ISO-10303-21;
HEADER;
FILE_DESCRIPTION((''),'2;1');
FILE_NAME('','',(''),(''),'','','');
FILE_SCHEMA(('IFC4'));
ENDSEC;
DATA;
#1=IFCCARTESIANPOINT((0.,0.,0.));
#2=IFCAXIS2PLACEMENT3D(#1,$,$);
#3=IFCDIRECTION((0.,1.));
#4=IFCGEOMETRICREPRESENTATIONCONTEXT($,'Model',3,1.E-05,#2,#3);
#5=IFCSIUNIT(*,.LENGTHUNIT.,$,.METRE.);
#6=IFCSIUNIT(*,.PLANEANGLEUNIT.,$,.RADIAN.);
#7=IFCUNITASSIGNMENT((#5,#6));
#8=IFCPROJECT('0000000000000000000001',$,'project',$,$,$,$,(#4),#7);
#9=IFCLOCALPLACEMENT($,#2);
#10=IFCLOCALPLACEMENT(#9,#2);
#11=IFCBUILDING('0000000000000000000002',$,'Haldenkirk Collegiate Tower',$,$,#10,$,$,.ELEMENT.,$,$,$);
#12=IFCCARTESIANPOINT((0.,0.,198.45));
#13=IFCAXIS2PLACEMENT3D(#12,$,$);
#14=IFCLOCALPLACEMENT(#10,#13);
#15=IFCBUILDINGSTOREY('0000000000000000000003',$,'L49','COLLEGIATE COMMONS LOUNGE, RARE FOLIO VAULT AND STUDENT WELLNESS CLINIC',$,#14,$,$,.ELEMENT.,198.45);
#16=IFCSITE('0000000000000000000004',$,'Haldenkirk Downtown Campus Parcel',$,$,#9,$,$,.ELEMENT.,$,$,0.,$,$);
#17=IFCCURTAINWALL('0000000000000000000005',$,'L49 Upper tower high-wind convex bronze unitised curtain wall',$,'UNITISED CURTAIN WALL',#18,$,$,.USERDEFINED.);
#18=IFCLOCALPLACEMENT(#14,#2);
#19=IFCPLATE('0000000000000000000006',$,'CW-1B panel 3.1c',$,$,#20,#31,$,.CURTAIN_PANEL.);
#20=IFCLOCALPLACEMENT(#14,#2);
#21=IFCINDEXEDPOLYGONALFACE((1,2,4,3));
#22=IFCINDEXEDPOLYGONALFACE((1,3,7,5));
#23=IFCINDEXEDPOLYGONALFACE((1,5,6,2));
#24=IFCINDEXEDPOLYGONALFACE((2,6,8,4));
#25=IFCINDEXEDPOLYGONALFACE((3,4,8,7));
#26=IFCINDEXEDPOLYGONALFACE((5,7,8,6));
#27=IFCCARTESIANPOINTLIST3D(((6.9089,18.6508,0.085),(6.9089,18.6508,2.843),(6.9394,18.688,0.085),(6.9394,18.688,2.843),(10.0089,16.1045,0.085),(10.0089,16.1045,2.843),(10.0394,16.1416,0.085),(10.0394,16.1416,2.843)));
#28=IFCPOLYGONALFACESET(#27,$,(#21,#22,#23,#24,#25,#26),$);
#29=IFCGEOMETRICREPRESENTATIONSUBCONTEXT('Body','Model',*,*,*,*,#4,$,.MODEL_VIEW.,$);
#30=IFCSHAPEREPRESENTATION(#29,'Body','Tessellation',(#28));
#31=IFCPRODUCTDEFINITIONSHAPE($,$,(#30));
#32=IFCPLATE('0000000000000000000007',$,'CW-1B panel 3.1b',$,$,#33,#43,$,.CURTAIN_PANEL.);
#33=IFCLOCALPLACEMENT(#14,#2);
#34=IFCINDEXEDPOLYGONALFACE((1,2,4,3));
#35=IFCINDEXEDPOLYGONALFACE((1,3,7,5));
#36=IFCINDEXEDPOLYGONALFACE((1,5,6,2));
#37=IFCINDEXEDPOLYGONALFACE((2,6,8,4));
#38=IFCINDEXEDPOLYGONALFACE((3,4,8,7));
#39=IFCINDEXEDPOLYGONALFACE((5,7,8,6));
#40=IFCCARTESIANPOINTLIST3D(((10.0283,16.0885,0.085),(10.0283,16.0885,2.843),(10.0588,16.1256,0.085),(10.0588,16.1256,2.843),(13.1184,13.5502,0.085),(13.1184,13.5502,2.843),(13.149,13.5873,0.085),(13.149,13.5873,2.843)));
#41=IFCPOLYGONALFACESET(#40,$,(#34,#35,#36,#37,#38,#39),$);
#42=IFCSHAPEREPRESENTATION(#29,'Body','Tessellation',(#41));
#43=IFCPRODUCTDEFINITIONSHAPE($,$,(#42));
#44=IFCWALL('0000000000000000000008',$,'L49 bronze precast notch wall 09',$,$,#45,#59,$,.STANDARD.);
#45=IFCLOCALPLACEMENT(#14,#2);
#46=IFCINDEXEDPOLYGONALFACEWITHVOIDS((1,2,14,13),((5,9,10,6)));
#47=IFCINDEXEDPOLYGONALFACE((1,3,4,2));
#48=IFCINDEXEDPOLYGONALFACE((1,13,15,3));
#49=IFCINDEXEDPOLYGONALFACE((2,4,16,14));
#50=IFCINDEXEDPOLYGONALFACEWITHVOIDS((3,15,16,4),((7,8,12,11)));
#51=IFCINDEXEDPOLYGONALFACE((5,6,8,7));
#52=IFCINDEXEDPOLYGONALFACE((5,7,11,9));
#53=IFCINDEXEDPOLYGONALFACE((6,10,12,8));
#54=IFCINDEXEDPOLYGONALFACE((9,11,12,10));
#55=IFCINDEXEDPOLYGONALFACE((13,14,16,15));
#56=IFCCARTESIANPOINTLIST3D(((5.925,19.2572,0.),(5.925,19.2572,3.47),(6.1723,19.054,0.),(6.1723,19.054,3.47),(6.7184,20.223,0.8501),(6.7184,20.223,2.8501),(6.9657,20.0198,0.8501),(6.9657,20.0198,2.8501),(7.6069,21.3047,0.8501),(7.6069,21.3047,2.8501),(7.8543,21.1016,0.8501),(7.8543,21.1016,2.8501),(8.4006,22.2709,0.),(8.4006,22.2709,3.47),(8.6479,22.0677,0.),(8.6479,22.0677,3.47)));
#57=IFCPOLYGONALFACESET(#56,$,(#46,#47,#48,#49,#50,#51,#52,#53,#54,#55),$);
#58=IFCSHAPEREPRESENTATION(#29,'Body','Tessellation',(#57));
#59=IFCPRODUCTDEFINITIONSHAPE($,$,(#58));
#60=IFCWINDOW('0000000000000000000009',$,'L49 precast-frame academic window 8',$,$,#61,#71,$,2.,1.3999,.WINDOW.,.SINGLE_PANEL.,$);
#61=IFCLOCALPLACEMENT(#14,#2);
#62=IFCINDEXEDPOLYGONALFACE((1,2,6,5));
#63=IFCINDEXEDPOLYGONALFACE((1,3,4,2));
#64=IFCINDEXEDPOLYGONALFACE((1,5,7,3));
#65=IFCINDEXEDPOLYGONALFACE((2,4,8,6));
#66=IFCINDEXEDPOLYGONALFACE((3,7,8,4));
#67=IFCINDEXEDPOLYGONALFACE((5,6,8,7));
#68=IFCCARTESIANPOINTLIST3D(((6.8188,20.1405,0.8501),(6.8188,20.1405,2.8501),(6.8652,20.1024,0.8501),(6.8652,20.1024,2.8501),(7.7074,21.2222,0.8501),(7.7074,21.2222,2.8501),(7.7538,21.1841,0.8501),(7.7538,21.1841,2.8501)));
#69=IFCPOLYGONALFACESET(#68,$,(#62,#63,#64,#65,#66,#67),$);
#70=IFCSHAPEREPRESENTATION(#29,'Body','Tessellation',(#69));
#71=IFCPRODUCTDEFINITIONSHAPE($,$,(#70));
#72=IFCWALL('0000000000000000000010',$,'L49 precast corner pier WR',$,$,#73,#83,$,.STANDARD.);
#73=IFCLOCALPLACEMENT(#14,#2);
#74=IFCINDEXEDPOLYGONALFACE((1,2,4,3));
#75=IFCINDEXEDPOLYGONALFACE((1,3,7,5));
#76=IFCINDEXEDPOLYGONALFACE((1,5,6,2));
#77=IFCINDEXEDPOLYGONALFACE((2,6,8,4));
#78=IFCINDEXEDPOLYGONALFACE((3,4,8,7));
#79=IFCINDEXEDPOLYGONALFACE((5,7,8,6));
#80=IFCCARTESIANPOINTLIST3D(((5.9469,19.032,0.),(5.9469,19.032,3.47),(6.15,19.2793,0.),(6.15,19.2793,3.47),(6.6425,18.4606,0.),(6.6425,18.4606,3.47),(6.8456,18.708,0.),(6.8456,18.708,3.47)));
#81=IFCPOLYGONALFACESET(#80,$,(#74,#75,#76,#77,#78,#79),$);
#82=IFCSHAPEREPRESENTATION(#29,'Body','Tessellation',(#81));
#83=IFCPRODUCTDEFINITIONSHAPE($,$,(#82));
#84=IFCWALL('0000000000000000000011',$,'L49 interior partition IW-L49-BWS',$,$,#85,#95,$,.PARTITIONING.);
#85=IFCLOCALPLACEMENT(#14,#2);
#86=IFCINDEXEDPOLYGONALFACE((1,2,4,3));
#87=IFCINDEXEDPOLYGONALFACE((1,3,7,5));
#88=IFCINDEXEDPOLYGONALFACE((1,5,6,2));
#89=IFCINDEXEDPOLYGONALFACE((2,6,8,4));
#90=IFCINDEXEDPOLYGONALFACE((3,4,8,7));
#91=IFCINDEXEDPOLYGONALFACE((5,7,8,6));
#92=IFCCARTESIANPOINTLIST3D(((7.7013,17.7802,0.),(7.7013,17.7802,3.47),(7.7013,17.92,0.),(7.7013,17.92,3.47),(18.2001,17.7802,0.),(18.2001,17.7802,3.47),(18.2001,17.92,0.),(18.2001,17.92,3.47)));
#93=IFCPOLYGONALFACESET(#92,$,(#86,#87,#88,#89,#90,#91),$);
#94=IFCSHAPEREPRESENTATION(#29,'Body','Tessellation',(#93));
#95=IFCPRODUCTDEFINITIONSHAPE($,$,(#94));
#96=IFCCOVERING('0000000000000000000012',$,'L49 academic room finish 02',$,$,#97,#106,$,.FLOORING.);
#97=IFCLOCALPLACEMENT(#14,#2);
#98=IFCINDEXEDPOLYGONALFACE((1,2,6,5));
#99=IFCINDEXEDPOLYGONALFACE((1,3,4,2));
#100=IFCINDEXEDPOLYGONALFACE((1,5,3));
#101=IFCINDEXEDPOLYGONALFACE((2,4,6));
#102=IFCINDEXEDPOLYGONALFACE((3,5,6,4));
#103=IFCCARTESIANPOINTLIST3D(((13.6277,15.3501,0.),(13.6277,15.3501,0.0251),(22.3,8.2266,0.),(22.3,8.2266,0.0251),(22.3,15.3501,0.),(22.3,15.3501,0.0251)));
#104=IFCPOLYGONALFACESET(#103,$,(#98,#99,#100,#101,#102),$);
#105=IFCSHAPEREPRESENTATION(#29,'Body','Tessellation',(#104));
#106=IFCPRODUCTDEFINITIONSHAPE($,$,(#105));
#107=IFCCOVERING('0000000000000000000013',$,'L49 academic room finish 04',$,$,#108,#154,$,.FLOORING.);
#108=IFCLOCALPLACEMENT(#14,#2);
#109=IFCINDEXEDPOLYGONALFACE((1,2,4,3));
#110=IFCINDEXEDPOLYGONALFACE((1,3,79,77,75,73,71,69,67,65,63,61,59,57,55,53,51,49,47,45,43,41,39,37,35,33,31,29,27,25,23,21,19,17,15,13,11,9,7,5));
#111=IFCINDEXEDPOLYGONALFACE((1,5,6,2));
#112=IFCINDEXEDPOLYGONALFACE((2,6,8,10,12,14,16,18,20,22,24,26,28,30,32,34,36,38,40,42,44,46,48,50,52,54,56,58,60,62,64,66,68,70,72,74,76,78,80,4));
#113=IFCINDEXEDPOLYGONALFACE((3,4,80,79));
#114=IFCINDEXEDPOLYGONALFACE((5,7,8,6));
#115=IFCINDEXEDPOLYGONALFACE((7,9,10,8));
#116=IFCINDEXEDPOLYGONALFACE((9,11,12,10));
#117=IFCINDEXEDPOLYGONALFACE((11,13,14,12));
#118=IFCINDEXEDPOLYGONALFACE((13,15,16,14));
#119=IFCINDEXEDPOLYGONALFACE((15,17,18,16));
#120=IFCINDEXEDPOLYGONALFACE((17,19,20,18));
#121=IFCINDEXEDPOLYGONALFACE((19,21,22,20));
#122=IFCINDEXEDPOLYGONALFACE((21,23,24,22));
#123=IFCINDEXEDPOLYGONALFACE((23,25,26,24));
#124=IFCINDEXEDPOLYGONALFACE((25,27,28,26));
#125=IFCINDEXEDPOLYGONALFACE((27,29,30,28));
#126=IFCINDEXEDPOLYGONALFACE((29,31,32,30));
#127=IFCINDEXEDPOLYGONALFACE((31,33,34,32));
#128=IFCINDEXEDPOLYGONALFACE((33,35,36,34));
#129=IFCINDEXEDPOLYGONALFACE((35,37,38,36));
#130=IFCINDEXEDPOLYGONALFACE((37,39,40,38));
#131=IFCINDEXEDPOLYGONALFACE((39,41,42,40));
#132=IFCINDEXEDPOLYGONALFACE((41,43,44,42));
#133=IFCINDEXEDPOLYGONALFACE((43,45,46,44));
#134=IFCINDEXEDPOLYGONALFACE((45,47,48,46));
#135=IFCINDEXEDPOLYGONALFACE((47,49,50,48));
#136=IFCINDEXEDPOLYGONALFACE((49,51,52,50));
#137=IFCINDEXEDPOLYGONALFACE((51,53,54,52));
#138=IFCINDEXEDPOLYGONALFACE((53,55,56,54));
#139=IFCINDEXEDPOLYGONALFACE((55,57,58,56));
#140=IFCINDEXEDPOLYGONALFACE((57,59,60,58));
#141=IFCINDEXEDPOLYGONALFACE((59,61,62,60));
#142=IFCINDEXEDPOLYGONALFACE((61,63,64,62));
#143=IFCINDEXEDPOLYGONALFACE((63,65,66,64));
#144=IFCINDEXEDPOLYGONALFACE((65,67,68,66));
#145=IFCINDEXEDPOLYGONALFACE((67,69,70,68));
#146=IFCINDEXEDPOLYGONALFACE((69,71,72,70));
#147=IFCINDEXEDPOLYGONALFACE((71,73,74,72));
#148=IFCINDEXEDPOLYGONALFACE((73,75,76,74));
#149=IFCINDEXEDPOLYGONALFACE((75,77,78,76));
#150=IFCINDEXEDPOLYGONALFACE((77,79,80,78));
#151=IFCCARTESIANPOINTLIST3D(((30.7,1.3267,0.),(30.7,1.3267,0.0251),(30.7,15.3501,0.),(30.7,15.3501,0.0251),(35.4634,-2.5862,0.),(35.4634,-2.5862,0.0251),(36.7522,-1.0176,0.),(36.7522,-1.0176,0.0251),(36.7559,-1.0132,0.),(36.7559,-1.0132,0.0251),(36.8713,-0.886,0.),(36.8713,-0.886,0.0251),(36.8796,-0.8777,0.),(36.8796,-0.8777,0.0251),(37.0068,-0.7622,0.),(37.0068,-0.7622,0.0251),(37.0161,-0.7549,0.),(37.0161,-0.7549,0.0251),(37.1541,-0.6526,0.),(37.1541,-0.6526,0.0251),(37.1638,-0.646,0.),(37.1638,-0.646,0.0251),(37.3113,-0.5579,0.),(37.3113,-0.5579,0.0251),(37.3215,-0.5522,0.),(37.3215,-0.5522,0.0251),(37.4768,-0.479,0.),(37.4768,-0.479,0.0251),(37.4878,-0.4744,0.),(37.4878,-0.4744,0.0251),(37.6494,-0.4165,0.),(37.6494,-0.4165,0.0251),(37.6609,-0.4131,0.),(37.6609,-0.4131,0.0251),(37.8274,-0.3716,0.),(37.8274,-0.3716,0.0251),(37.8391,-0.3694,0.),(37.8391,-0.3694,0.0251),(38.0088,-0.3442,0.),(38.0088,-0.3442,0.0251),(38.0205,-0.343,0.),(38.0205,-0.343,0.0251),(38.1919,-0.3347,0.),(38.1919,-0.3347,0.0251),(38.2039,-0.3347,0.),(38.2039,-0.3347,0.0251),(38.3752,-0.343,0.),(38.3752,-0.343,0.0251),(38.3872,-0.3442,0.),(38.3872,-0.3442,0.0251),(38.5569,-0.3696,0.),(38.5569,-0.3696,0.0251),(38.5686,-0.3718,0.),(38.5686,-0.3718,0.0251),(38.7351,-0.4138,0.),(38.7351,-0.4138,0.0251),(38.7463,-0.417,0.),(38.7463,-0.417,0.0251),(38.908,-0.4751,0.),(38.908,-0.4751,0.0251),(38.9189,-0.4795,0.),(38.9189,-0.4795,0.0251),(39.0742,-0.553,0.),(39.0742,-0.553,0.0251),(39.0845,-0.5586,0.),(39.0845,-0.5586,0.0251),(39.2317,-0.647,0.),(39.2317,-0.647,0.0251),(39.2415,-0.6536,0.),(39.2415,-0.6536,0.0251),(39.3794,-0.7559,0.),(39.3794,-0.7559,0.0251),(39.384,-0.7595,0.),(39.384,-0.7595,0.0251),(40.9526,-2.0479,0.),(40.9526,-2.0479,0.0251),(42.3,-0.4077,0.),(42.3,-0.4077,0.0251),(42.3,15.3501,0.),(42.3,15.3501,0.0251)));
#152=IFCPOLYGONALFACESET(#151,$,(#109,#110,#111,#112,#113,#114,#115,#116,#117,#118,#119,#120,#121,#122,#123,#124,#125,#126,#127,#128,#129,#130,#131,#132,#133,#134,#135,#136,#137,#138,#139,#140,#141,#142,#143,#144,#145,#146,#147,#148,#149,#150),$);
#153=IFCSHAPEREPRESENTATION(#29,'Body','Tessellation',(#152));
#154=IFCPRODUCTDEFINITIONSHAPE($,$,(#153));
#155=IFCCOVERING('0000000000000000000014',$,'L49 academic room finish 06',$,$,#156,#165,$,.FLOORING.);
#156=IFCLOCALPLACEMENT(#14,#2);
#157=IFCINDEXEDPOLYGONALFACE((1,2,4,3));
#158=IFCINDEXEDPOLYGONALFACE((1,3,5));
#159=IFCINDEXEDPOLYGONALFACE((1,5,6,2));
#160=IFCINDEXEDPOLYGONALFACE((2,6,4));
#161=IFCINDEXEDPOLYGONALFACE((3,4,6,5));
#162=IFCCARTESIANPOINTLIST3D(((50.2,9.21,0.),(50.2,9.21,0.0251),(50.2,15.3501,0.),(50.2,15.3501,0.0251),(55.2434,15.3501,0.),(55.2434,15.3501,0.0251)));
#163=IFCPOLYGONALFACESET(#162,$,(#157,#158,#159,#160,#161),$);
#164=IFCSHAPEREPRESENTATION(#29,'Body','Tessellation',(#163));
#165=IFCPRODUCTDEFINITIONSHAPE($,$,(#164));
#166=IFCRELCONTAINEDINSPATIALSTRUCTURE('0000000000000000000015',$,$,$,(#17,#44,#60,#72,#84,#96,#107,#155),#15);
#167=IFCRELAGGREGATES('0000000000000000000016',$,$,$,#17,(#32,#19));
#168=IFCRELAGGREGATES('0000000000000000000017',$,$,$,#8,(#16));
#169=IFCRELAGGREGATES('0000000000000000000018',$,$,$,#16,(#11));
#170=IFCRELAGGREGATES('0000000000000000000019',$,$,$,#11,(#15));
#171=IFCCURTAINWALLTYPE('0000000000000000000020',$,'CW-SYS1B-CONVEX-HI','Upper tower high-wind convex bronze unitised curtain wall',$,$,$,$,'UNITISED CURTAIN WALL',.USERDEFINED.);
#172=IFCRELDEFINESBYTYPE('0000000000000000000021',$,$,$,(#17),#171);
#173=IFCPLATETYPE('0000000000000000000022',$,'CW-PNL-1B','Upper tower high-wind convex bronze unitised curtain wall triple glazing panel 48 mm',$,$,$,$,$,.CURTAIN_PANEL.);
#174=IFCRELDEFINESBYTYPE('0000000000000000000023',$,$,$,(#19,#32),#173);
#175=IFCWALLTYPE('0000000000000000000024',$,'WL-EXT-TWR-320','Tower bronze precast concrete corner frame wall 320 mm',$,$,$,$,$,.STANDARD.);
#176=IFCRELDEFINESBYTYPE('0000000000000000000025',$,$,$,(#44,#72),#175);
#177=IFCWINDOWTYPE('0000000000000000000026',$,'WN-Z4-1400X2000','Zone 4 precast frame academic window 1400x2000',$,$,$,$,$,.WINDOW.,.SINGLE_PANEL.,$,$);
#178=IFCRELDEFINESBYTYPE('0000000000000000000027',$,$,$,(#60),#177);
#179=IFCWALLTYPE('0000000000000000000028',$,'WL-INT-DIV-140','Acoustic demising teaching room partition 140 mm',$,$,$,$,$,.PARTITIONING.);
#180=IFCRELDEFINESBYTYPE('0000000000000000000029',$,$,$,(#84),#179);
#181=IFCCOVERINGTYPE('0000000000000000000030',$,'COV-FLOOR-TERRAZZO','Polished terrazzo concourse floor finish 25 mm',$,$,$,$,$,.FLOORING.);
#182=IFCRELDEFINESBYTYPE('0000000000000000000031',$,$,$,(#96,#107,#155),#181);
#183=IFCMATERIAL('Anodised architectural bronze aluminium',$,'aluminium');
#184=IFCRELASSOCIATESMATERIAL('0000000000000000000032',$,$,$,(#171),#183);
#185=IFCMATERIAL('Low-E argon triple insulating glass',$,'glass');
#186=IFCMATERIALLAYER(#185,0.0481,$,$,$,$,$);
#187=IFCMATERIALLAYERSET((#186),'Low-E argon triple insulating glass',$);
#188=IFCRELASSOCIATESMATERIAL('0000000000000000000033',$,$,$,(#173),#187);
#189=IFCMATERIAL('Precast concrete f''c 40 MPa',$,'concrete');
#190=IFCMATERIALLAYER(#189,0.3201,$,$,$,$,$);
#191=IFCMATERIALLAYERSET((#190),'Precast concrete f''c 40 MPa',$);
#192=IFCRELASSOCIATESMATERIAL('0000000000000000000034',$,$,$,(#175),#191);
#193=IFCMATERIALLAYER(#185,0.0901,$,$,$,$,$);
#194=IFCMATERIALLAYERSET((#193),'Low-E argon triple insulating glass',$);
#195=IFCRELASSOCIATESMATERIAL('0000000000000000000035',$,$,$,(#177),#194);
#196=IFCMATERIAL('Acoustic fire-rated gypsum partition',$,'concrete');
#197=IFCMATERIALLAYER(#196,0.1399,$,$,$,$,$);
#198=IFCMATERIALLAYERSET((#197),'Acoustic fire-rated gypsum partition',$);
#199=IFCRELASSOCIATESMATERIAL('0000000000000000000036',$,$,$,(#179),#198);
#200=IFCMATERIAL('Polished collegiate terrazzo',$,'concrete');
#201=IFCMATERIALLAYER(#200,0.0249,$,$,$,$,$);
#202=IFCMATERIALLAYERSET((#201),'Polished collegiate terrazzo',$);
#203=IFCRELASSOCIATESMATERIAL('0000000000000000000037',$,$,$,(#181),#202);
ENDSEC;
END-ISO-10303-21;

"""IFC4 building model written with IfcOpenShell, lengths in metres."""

from ifc_helpers import new_model, si_unit, direction, frame, frame_2d, origin, origin_2d, place, context, subcontext, project, spatial, polyline, rectangle, outline, extrude, source, transform, mapped, material, layer, layer_set, type_object, element, fill, aggregate, save


model = new_model("IFC4")

# Units and contexts
model_context = context("Model", 3, precision=1e-05, world=origin(), true_north=direction((0.0, 1.0)))
body_context = subcontext(model_context, "Body", "Model", "MODEL_VIEW")
ifc_project = project(units=[si_unit("LENGTHUNIT", "METRE"), si_unit("PLANEANGLEUNIT", "RADIAN")], contexts=[model_context])

# Site, building, storey
site_placement = place(None, origin())
site = spatial("IfcSite", under=ifc_project, at=site_placement, Name="Haldenkirk Downtown Campus Parcel", CompositionType="ELEMENT", RefElevation=0.0)
building_placement = place(site_placement, origin())
building = spatial("IfcBuilding", under=site, at=building_placement, Name="Haldenkirk Collegiate Tower", CompositionType="ELEMENT")
storey_placement = place(building_placement, frame((0.0, 0.0, 198.45)))
storey = spatial("IfcBuildingStorey", under=building, at=storey_placement, Name="L49", Description="COLLEGIATE COMMONS LOUNGE, RARE FOLIO VAULT AND STUDENT WELLNESS CLINIC", CompositionType="ELEMENT", Elevation=198.45)

# Curtain wall
ifc_material_1 = material(Name="Anodised architectural bronze aluminium", Category="aluminium")
curtain_wall_type = type_object("IfcCurtainWallType", Name="CW-SYS1B-CONVEX-HI", Description="Upper tower high-wind convex bronze unitised curtain wall", ElementType="UNITISED CURTAIN WALL", PredefinedType="USERDEFINED", material=ifc_material_1)
curtain_wall_placement = place(storey_placement, origin())
curtain_wall = element("IfcCurtainWall", 1, at=curtain_wall_placement, inside=storey, type_object=curtain_wall_type, Name="L49 Upper tower high-wind convex bronze unitised curtain wall", ObjectType="UNITISED CURTAIN WALL", PredefinedType="USERDEFINED")

# Plates
ifc_material_2 = material(Name="Low-E argon triple insulating glass", Category="glass")
ifc_layer_1 = layer(ifc_material_2, 0.0481)
ifc_layer_set_1 = layer_set([ifc_layer_1], Name="Low-E argon triple insulating glass")
plate_type = type_object("IfcPlateType", Name="CW-PNL-1B", Description="Upper tower high-wind convex bronze unitised curtain wall triple glazing panel 48 mm", PredefinedType="CURTAIN_PANEL", material=ifc_layer_set_1)
shared_shape_1 = source(origin(), body_context, "Body", "SweptSolid", [
    extrude(rectangle(XDim=4.0117, YDim=0.0481, at=origin_2d()), origin(), (0.0, 0.0, 1.0), 2.7581),
])
plate_1_placement = place(storey_placement, frame((8.4741, 17.3962, 0.085), z_axis=(0.0, 0.0, 1.0), x_axis=(-0.772734, 0.63473, 0.0)))
plate_1 = element("IfcPlate", 2, at=plate_1_placement, type_object=plate_type, Name="CW-1B panel 3.1c", PredefinedType="CURTAIN_PANEL", context=body_context, shape_type="MappedRepresentation", body=[
    mapped(shared_shape_1, transform((0.0, 0.0, 0.0), x_axis=(1.0, 0.0, 0.0), y_axis=(0.0, 1.0, 0.0), z_axis=(0.0, 0.0, 1.0), scale=1.0)),
])
shared_shape_2 = source(origin(), body_context, "Body", "SweptSolid", [
    extrude(rectangle(XDim=3.999, YDim=0.0481, at=origin_2d()), origin(), (0.0, 0.0, 1.0), 2.7581),
])
plate_2_placement = place(storey_placement, frame((11.5886, 14.8379, 0.085), z_axis=(0.0, 0.0, 1.0), x_axis=(-0.772734, 0.63473, 0.0)))
plate_2 = element("IfcPlate", 3, at=plate_2_placement, type_object=plate_type, Name="CW-1B panel 3.1b", PredefinedType="CURTAIN_PANEL", context=body_context, shape_type="MappedRepresentation", body=[
    mapped(shared_shape_2, transform((0.0, 0.0, 0.0), x_axis=(1.0, 0.0, 0.0), y_axis=(0.0, 1.0, 0.0), z_axis=(0.0, 0.0, 1.0), scale=1.0)),
])
aggregate(curtain_wall, [plate_2, plate_1])

# Wall, opening, window
ifc_material_3 = material(Name="Precast concrete f'c 40 MPa", Category="concrete")
ifc_layer_2 = layer(ifc_material_3, 0.3201)
ifc_layer_set_2 = layer_set([ifc_layer_2], Name="Precast concrete f'c 40 MPa")
wall_type_1 = type_object("IfcWallType", Name="WL-EXT-TWR-320", Description="Tower bronze precast concrete corner frame wall 320 mm", PredefinedType="STANDARD", material=ifc_layer_set_2)
wall_1_placement = place(storey_placement, frame((6.0486, 19.1555, 0.0), z_axis=(0.0, 0.0, 1.0), x_axis=(0.63475, 0.772717, 0.0)))
wall_1 = element("IfcWall", 4, at=wall_1_placement, inside=storey, type_object=wall_type_1, Name="L49 bronze precast notch wall 09", PredefinedType="STANDARD", context=body_context, shape_type="SweptSolid", body=[
    extrude(rectangle(XDim=3.9001, YDim=0.3201, at=frame_2d((1.9502, 0.0))), origin(), (0.0, 0.0, 1.0), 3.47),
])
opening_placement = place(wall_1_placement, frame((1.25, 0.0, 0.8501)))
opening = element("IfcOpeningElement", 5, at=opening_placement, cuts=wall_1, PredefinedType="OPENING", context=body_context, shape_type="SweptSolid", body=[
    extrude(rectangle(XDim=1.3999, YDim=2.0, at=frame_2d((0.7, 1.0))), frame((0.0, 0.1699, 0.0), z_axis=(0.0, -1.0, 0.0), x_axis=(1.0, 0.0, 0.0)), (0.0, 0.0, 1.0), 0.3401),
])
ifc_layer_3 = layer(ifc_material_2, 0.0901)
ifc_layer_set_3 = layer_set([ifc_layer_3], Name="Low-E argon triple insulating glass")
window_type = type_object("IfcWindowType", Name="WN-Z4-1400X2000", Description="Zone 4 precast frame academic window 1400x2000", PartitioningType="SINGLE_PANEL", PredefinedType="WINDOW", material=ifc_layer_set_3)
window_placement = place(opening_placement, origin())
window = element("IfcWindow", 6, at=window_placement, inside=storey, type_object=window_type, Name="L49 precast-frame academic window 8", OverallHeight=2.0, OverallWidth=1.3999, PartitioningType="SINGLE_PANEL", PredefinedType="WINDOW", context=body_context, shape_type="SweptSolid", body=[
    extrude(rectangle(XDim=1.3999, YDim=2.0, at=frame_2d((0.7, 1.0))), frame((0.0, 0.03, 0.0), z_axis=(0.0, -1.0, 0.0), x_axis=(1.0, 0.0, 0.0)), (0.0, 0.0, 1.0), 0.0601),
])
fill(opening, window)

# Walls
wall_2_placement = place(storey_placement, frame((6.7441, 18.5842, 0.0), z_axis=(0.0, 0.0, 1.0), x_axis=(-0.77276, 0.634699, 0.0)))
element("IfcWall", 7, at=wall_2_placement, inside=storey, type_object=wall_type_1, Name="L49 precast corner pier WR", PredefinedType="STANDARD", context=body_context, shape_type="SweptSolid", body=[
    extrude(rectangle(XDim=0.9001, YDim=0.3201, at=frame_2d((0.4502, 0.0))), origin(), (0.0, 0.0, 1.0), 3.47),
])
ifc_material_4 = material(Name="Acoustic fire-rated gypsum partition", Category="concrete")
ifc_layer_4 = layer(ifc_material_4, 0.1399)
ifc_layer_set_4 = layer_set([ifc_layer_4], Name="Acoustic fire-rated gypsum partition")
wall_type_2 = type_object("IfcWallType", Name="WL-INT-DIV-140", Description="Acoustic demising teaching room partition 140 mm", PredefinedType="PARTITIONING", material=ifc_layer_set_4)
wall_3_placement = place(storey_placement, frame((7.7012, 17.8501, 0.0), z_axis=(0.0, 0.0, 1.0), x_axis=(1.0, 0.0, 0.0)))
element("IfcWall", 8, at=wall_3_placement, inside=storey, type_object=wall_type_2, Name="L49 interior partition IW-L49-BWS", PredefinedType="PARTITIONING", context=body_context, shape_type="SweptSolid", body=[
    extrude(rectangle(XDim=10.4988, YDim=0.1399, at=frame_2d((5.2495, 0.0))), origin(), (0.0, 0.0, 1.0), 3.47),
])

# Coverings
ifc_material_5 = material(Name="Polished collegiate terrazzo", Category="concrete")
ifc_layer_5 = layer(ifc_material_5, 0.0249)
ifc_layer_set_5 = layer_set([ifc_layer_5], Name="Polished collegiate terrazzo")
covering_type_1 = type_object("IfcCoveringType", Name="COV-FLOOR-TERRAZZO", Description="Polished terrazzo concourse floor finish 25 mm", PredefinedType="FLOORING", material=ifc_layer_set_5)
covering_1_placement = place(storey_placement, origin())
element("IfcCovering", 9, at=covering_1_placement, inside=storey, type_object=covering_type_1, Name="L49 academic room finish 02", PredefinedType="FLOORING", context=body_context, shape_type="SweptSolid", body=[
    extrude(outline(polyline([(13.6277, 15.3501), (22.3, 15.3501), (22.3, 8.2266), (13.6277, 15.3501)])), origin(), (0.0, 0.0, 1.0), 0.0251),
])
covering_2_placement = place(storey_placement, origin())
element("IfcCovering", 10, at=covering_2_placement, inside=storey, type_object=covering_type_1, Name="L49 academic room finish 04", PredefinedType="FLOORING", context=body_context, shape_type="SweptSolid", body=[
    extrude(outline(polyline([(38.5686, -0.3718), (38.5569, -0.3696), (38.3872, -0.3442), (38.3752, -0.343), (38.2039, -0.3347), (38.1919, -0.3347), (38.0205, -0.343), (38.0088, -0.3442), (37.8391, -0.3694), (37.8274, -0.3716), (37.6609, -0.4131), (37.6494, -0.4165), (37.4878, -0.4744), (37.4768, -0.479), (37.3215, -0.5522), (37.3113, -0.5579), (37.1638, -0.646), (37.1541, -0.6526), (37.0161, -0.7549), (37.0068, -0.7622), (36.8796, -0.8777), (36.8713, -0.886), (36.7559, -1.0132), (36.7522, -1.0176), (35.4634, -2.5862), (30.7, 1.3267), (30.7, 15.3501), (42.3, 15.3501), (42.3, -0.4077), (40.9526, -2.0479), (39.384, -0.7595), (39.3794, -0.7559), (39.2415, -0.6536), (39.2317, -0.647), (39.0845, -0.5586), (39.0742, -0.553), (38.9189, -0.4795), (38.908, -0.4751), (38.7463, -0.417), (38.7351, -0.4138), (38.5686, -0.3718)])), origin(), (0.0, 0.0, 1.0), 0.0251),
])
covering_3_placement = place(storey_placement, origin())
element("IfcCovering", 11, at=covering_3_placement, inside=storey, type_object=covering_type_1, Name="L49 academic room finish 06", PredefinedType="FLOORING", context=body_context, shape_type="SweptSolid", body=[
    extrude(outline(polyline([(50.2, 9.21), (50.2, 15.3501), (55.2434, 15.3501), (50.2, 9.21)])), origin(), (0.0, 0.0, 1.0), 0.0251),
])

save(model, "model.ifc")
